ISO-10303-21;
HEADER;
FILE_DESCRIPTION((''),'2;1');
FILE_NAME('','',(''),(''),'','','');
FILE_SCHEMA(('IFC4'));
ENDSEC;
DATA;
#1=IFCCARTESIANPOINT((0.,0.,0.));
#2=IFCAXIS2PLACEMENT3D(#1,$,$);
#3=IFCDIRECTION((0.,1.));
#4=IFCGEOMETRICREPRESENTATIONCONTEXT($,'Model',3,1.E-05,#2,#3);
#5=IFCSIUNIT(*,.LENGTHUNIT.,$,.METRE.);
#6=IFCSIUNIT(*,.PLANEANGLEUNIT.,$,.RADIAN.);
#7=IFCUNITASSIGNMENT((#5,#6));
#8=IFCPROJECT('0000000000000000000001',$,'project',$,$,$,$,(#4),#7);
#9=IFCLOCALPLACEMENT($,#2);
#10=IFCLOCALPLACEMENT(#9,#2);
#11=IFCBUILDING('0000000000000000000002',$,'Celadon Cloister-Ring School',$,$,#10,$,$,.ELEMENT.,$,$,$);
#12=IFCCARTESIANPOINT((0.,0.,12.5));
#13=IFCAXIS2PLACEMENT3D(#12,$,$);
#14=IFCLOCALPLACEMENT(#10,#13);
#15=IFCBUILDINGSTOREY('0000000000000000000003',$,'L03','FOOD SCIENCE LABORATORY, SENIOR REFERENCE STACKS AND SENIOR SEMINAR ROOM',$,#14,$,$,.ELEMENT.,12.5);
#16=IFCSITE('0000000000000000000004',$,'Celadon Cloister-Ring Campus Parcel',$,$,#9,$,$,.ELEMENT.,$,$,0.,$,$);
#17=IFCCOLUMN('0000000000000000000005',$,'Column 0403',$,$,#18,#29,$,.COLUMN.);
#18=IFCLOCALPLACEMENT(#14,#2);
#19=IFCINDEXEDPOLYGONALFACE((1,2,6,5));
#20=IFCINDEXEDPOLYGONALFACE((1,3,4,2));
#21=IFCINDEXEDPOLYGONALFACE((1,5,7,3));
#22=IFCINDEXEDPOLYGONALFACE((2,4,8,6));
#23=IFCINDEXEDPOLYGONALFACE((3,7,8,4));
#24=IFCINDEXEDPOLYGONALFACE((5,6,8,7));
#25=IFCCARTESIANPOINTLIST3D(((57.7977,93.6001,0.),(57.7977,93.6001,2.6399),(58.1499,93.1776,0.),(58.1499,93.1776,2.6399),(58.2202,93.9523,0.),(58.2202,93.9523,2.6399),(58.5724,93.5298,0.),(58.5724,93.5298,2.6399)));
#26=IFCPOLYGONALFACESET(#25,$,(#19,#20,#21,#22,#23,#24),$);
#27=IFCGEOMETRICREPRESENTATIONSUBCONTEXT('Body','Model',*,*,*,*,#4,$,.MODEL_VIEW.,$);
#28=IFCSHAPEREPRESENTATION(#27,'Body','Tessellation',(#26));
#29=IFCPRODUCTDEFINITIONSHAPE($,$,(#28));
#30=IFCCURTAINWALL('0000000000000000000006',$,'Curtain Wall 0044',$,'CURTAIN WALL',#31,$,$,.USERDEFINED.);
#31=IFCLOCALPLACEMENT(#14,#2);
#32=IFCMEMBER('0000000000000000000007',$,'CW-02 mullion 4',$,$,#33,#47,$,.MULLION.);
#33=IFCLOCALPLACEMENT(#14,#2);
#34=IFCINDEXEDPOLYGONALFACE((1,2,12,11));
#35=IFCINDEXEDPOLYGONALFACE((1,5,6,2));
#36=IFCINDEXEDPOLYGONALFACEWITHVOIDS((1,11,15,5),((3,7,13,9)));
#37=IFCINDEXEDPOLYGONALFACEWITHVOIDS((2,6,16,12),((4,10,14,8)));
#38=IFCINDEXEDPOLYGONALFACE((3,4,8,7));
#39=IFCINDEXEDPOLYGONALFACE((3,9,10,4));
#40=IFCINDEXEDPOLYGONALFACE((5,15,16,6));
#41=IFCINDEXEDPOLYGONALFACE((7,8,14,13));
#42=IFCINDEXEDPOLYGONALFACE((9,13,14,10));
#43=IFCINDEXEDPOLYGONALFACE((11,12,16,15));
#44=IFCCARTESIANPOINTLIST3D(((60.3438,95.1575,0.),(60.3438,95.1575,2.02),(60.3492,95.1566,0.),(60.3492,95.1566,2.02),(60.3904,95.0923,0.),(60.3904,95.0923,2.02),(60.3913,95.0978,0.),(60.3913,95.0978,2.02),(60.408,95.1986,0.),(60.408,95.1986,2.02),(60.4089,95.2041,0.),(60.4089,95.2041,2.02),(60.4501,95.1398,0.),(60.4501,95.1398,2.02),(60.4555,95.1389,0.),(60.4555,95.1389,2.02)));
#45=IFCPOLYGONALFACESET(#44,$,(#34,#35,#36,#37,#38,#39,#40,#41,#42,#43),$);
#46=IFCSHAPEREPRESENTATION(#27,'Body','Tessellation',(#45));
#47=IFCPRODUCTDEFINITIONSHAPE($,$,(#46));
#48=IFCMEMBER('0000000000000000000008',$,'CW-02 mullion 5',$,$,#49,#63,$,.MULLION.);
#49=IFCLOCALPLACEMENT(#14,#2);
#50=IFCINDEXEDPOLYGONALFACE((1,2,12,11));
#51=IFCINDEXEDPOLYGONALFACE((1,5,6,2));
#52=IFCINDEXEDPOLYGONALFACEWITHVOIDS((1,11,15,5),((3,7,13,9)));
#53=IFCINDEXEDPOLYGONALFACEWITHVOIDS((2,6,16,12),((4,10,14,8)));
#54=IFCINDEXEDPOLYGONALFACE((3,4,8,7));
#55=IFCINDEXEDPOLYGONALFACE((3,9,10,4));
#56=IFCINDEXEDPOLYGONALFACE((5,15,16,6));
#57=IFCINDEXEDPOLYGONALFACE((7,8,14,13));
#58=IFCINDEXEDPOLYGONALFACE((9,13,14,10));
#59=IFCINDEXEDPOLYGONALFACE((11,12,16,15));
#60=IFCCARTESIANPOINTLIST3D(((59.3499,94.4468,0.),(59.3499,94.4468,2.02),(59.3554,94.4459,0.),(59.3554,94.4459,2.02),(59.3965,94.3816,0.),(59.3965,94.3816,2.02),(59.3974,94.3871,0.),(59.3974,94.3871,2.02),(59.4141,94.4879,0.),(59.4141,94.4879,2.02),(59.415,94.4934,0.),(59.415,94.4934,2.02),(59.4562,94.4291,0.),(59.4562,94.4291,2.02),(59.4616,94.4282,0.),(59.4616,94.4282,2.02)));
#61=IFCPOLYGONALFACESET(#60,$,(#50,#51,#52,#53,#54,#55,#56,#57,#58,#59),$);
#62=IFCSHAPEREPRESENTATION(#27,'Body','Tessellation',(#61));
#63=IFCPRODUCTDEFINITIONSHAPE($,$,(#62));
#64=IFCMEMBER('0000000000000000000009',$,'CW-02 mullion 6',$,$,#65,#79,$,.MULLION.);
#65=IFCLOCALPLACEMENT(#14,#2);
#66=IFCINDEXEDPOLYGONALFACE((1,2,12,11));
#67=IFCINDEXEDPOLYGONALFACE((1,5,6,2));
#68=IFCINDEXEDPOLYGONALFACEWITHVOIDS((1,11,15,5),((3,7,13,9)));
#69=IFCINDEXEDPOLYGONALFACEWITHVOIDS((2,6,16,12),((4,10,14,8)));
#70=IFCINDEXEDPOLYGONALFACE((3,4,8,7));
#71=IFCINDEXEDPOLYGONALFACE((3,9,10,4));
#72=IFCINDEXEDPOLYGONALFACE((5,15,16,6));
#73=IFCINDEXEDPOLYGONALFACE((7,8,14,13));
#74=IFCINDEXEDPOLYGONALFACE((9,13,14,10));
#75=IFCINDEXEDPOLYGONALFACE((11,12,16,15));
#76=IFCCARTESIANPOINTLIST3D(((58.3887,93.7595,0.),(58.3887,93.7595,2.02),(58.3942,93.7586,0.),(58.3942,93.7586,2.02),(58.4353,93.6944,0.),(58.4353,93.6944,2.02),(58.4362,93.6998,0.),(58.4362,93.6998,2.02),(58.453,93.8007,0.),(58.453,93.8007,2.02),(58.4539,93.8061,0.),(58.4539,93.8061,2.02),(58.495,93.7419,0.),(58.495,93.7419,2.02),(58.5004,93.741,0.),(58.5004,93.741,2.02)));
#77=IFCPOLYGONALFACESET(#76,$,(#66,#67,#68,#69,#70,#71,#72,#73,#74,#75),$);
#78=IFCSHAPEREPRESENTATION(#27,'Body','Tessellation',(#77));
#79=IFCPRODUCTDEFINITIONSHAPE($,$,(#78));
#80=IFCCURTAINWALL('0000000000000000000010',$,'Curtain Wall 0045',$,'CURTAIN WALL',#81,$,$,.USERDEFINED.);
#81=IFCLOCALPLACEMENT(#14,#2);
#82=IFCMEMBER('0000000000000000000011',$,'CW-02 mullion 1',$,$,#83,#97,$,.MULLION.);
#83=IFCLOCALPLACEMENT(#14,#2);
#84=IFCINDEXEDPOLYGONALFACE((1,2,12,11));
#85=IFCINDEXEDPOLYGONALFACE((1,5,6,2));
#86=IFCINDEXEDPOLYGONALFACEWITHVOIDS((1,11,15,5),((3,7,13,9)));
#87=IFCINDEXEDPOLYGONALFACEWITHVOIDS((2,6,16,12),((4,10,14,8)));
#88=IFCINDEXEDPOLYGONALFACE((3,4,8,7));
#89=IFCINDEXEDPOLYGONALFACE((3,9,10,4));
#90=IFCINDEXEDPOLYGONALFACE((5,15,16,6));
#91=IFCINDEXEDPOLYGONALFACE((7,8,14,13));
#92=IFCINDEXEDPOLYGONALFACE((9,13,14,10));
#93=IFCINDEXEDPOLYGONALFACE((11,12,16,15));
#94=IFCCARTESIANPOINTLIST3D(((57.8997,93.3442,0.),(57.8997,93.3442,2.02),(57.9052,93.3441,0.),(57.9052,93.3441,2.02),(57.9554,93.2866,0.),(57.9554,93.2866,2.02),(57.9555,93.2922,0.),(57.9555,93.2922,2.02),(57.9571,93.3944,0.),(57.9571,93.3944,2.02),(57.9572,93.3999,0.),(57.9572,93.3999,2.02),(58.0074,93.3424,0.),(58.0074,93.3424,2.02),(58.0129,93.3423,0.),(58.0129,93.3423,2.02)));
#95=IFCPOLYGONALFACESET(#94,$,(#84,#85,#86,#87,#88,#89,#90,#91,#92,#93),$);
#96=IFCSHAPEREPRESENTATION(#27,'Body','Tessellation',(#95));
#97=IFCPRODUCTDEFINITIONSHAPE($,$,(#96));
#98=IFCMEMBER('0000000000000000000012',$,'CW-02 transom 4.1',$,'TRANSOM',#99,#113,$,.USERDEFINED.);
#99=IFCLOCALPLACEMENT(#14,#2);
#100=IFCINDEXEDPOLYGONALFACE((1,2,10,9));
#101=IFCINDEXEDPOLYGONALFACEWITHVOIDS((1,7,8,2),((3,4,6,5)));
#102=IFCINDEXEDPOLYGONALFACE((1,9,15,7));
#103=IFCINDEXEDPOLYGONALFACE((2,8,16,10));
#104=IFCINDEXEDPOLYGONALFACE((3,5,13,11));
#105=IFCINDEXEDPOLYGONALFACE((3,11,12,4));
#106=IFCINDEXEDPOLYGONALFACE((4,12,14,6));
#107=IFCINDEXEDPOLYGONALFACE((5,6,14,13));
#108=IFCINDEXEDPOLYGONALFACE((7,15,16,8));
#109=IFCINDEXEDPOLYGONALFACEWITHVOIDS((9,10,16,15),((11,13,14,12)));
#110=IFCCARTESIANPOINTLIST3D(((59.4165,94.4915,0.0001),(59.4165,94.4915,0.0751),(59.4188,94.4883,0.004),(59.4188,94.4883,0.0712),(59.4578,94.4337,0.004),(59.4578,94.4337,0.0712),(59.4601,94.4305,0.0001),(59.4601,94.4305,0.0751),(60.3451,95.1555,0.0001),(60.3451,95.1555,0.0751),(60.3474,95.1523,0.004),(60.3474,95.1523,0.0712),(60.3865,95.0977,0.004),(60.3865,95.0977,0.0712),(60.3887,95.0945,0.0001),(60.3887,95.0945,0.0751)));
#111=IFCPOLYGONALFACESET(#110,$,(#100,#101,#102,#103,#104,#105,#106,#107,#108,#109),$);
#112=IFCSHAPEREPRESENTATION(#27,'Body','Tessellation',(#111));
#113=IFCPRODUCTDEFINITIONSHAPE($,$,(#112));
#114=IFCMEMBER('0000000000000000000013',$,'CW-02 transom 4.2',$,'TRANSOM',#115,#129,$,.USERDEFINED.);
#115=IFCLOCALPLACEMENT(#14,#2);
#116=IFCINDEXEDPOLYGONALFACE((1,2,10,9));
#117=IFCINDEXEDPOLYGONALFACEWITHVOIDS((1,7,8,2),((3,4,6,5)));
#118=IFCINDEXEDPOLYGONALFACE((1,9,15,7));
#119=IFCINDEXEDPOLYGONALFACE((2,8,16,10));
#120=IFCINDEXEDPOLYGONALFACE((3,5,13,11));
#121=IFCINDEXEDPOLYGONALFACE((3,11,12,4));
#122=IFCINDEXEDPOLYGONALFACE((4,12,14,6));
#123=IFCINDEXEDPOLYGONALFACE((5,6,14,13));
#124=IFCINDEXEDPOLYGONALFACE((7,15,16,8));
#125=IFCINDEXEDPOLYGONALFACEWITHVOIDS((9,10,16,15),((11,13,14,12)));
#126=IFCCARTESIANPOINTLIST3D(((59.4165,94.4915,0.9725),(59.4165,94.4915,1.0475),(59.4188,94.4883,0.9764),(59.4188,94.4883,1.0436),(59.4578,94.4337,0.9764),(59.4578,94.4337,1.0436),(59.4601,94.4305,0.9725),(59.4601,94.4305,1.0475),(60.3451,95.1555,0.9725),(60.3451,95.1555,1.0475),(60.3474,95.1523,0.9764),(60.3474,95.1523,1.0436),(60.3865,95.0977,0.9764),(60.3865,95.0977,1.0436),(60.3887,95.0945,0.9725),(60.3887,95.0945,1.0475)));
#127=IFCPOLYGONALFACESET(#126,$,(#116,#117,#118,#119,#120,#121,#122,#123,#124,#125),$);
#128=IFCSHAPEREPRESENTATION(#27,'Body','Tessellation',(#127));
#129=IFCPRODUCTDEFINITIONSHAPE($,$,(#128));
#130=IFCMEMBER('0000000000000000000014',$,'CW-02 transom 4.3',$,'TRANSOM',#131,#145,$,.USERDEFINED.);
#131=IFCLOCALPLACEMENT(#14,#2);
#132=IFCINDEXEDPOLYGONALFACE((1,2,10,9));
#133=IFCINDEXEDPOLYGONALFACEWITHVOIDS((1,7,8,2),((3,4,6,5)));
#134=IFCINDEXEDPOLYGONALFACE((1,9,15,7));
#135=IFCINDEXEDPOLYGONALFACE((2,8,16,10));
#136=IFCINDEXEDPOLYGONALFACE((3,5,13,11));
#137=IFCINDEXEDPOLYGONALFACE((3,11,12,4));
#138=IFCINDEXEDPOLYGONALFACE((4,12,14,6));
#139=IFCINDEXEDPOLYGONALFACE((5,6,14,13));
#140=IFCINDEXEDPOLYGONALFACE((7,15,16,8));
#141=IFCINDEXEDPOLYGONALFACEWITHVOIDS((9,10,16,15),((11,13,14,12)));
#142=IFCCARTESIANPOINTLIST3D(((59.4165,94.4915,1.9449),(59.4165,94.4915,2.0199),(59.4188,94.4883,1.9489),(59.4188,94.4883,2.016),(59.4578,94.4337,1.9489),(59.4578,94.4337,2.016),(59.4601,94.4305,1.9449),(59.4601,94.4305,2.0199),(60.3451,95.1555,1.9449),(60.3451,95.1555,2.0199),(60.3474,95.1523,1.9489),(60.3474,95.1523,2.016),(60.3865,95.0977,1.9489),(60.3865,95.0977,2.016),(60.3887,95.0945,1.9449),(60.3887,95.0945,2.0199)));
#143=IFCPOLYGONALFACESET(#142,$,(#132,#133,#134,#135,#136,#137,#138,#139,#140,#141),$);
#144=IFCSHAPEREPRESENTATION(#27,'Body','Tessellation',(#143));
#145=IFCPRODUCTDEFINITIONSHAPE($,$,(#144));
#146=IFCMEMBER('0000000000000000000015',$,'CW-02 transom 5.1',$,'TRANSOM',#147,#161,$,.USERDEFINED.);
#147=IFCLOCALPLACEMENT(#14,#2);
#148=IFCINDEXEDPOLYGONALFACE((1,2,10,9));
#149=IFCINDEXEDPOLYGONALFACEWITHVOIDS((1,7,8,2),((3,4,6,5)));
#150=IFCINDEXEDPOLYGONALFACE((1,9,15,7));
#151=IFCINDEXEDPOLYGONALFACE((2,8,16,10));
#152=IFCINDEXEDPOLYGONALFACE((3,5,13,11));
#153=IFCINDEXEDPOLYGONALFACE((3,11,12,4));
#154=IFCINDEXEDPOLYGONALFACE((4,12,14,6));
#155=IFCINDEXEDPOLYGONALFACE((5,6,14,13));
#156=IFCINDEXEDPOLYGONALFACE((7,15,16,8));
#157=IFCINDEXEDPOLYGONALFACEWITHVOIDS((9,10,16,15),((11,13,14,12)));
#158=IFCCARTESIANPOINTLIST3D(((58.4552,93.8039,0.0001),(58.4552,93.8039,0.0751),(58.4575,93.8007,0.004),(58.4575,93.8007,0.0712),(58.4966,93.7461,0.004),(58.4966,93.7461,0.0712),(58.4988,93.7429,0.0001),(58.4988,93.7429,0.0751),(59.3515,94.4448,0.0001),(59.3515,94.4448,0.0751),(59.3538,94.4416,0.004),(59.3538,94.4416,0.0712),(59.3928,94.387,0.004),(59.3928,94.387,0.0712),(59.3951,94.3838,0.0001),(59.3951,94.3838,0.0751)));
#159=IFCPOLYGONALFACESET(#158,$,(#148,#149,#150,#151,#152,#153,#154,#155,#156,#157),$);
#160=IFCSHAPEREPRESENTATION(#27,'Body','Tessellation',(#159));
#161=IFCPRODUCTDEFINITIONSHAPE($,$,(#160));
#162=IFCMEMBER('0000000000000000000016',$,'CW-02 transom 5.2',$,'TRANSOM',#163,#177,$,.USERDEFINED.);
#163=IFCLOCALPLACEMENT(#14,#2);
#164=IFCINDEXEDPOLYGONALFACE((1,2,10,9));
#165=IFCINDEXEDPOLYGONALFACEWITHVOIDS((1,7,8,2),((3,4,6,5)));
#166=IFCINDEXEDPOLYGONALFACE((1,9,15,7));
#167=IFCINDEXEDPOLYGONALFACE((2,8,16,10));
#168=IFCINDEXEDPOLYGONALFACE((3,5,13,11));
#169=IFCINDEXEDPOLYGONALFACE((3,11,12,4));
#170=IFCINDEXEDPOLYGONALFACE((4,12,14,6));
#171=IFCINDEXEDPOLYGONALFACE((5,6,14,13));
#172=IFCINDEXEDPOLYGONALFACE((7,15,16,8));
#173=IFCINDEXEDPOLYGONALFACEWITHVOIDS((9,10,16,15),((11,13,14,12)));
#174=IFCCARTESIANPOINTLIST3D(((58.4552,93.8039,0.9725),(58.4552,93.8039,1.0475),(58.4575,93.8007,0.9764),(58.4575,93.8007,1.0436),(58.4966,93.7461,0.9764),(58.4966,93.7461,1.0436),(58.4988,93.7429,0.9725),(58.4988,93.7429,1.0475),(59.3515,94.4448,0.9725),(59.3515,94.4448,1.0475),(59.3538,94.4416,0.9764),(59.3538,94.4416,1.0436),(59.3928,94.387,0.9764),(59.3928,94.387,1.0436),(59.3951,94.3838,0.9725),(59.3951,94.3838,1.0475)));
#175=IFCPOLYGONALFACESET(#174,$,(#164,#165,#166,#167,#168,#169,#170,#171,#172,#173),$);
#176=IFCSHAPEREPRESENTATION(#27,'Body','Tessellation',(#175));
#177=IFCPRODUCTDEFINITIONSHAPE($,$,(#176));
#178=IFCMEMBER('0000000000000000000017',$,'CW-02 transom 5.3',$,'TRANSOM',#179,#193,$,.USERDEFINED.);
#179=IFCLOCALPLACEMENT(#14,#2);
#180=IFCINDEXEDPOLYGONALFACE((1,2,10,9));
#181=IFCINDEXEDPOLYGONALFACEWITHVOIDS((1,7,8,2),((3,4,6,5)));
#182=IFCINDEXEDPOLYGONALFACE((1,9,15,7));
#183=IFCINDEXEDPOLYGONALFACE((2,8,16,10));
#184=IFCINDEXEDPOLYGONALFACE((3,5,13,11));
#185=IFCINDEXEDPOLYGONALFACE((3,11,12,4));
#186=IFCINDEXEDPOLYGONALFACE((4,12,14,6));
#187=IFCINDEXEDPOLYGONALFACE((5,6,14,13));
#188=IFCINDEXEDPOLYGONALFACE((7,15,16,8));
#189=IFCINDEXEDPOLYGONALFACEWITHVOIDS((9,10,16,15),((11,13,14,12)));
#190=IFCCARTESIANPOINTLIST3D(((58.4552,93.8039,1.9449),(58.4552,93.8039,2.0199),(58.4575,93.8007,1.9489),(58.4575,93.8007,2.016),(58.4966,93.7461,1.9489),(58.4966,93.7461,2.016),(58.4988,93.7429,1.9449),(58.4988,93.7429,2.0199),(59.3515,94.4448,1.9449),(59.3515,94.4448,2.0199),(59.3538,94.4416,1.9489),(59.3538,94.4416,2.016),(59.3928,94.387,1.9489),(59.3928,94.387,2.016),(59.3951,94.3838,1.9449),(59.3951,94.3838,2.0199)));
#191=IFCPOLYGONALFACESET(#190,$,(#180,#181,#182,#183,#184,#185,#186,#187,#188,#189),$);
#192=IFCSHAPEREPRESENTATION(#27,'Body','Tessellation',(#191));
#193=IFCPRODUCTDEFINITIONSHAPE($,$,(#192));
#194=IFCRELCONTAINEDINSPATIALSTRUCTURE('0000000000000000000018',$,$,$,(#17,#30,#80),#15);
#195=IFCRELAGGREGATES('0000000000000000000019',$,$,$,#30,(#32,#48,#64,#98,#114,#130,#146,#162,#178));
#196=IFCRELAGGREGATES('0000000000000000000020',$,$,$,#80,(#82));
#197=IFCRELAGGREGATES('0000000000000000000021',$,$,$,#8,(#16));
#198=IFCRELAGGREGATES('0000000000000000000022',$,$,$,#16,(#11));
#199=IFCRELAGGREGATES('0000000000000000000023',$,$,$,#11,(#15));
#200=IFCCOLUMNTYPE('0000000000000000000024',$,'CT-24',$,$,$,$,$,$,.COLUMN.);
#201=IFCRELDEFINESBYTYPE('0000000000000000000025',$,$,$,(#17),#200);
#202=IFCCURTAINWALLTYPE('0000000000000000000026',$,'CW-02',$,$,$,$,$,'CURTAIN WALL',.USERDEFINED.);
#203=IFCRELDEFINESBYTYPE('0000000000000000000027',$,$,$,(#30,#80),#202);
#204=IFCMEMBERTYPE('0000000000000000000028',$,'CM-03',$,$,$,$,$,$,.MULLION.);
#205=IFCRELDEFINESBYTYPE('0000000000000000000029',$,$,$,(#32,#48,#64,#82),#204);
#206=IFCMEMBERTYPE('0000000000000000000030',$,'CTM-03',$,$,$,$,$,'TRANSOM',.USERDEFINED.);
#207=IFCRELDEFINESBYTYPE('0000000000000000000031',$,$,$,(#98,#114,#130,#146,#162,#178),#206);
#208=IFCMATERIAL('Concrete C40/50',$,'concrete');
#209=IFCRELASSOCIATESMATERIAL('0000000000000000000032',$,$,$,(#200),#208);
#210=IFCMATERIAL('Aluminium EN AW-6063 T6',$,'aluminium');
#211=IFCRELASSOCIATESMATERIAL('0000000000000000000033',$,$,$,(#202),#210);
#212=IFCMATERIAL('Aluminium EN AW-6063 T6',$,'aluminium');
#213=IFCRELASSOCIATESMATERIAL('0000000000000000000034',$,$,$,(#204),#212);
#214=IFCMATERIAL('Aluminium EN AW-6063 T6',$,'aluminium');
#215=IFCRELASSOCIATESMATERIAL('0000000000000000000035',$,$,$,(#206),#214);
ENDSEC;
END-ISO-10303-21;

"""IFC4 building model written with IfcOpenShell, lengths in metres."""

from ifc_helpers import new_model, si_unit, direction, frame, origin, origin_2d, place, context, subcontext, project, spatial, rectangle, hollow_rectangle, extrude, material, material_profile, profile_set, type_object, element, aggregate, save


model = new_model("IFC4")

# Units and contexts
model_context = context("Model", 3, precision=1e-05, world=origin(), true_north=direction((0.0, 1.0)))
body_context = subcontext(model_context, "Body", "Model", "MODEL_VIEW")
ifc_project = project(units=[si_unit("LENGTHUNIT", "METRE"), si_unit("PLANEANGLEUNIT", "RADIAN")], contexts=[model_context])

# Site, building, storey
site_placement = place(None, origin())
site = spatial("IfcSite", under=ifc_project, at=site_placement, Name="Celadon Cloister-Ring Campus Parcel", CompositionType="ELEMENT", RefElevation=0.0)
building_placement = place(site_placement, origin())
building = spatial("IfcBuilding", under=site, at=building_placement, Name="Celadon Cloister-Ring School", CompositionType="ELEMENT")
storey_placement = place(building_placement, frame((0.0, 0.0, 12.5)))
storey = spatial("IfcBuildingStorey", under=building, at=storey_placement, Name="L03", Description="FOOD SCIENCE LABORATORY, SENIOR REFERENCE STACKS AND SENIOR SEMINAR ROOM", CompositionType="ELEMENT", Elevation=12.5)

# Column
ifc_material_1 = material(Name="Concrete C40/50", Category="concrete")
ifc_material_profile_1 = material_profile(ifc_material_1, rectangle(XDim=0.55, YDim=0.55, at=origin_2d()), Name="RC550X550")
ifc_profile_set_1 = profile_set([ifc_material_profile_1], Name="Concrete C40/50")
column_type = type_object("IfcColumnType", Name="CT-24", PredefinedType="COLUMN", material=ifc_profile_set_1)
column_placement = place(storey_placement, frame((58.1851, 93.5649, 0.0), z_axis=(0.0, 0.0, 1.0), x_axis=(-0.640324, 0.768105, 0.0)))
element("IfcColumn", 1, at=column_placement, inside=storey, type_object=column_type, Name="Column 0403", PredefinedType="COLUMN", context=body_context, shape_type="SweptSolid", body=[
    extrude(rectangle(XDim=0.55, YDim=0.55, at=origin_2d()), origin(), (0.0, 0.0, 1.0), 2.6399),
])

# Curtain wall, members
ifc_material_2 = material(Name="Aluminium EN AW-6063 T6", Category="aluminium")
curtain_wall_type = type_object("IfcCurtainWallType", Name="CW-02", ElementType="CURTAIN WALL", PredefinedType="USERDEFINED", material=ifc_material_2)
curtain_wall_1_placement = place(storey_placement, origin())
curtain_wall_1 = element("IfcCurtainWall", 2, at=curtain_wall_1_placement, inside=storey, type_object=curtain_wall_type, Name="Curtain Wall 0044", ObjectType="CURTAIN WALL", PredefinedType="USERDEFINED")
ifc_material_3 = material(Name="Aluminium EN AW-6063 T6", Category="aluminium")
ifc_material_profile_2 = material_profile(ifc_material_3, hollow_rectangle(XDim=0.0801, YDim=0.0801, WallThickness=0.0039, at=origin_2d()), Name="RHS80X80X4")
ifc_profile_set_2 = profile_set([ifc_material_profile_2], Name="Aluminium EN AW-6063 T6")
member_type_1 = type_object("IfcMemberType", Name="CM-03", PredefinedType="MULLION", material=ifc_profile_set_2)
member_1_placement = place(storey_placement, frame((60.3997, 95.1482, 0.0), z_axis=(0.0, 0.0, 1.0), x_axis=(0.581641, -0.813446, 0.0)))
member_1 = element("IfcMember", 3, at=member_1_placement, type_object=member_type_1, Name="CW-02 mullion 4", PredefinedType="MULLION", context=body_context, shape_type="SweptSolid", body=[
    extrude(hollow_rectangle(XDim=0.0801, YDim=0.0801, WallThickness=0.0039, at=origin_2d()), origin(), (0.0, 0.0, 1.0), 2.02),
])
member_2_placement = place(storey_placement, frame((59.4058, 94.4375, 0.0), z_axis=(0.0, 0.0, 1.0), x_axis=(0.581641, -0.813446, 0.0)))
member_2 = element("IfcMember", 4, at=member_2_placement, type_object=member_type_1, Name="CW-02 mullion 5", PredefinedType="MULLION", context=body_context, shape_type="SweptSolid", body=[
    extrude(hollow_rectangle(XDim=0.0801, YDim=0.0801, WallThickness=0.0039, at=origin_2d()), origin(), (0.0, 0.0, 1.0), 2.02),
])
member_3_placement = place(storey_placement, frame((58.4446, 93.7502, 0.0), z_axis=(0.0, 0.0, 1.0), x_axis=(0.581641, -0.813446, 0.0)))
member_3 = element("IfcMember", 5, at=member_3_placement, type_object=member_type_1, Name="CW-02 mullion 6", PredefinedType="MULLION", context=body_context, shape_type="SweptSolid", body=[
    extrude(hollow_rectangle(XDim=0.0801, YDim=0.0801, WallThickness=0.0039, at=origin_2d()), origin(), (0.0, 0.0, 1.0), 2.02),
])

# Curtain wall, member
curtain_wall_2_placement = place(storey_placement, origin())
curtain_wall_2 = element("IfcCurtainWall", 6, at=curtain_wall_2_placement, inside=storey, type_object=curtain_wall_type, Name="Curtain Wall 0045", ObjectType="CURTAIN WALL", PredefinedType="USERDEFINED")
member_4_placement = place(storey_placement, frame((57.9563, 93.3433, 0.0), z_axis=(0.0, 0.0, 1.0), x_axis=(0.695473, -0.718552, 0.0)))
member_4 = element("IfcMember", 7, at=member_4_placement, type_object=member_type_1, Name="CW-02 mullion 1", PredefinedType="MULLION", context=body_context, shape_type="SweptSolid", body=[
    extrude(hollow_rectangle(XDim=0.0801, YDim=0.0801, WallThickness=0.0039, at=origin_2d()), origin(), (0.0, 0.0, 1.0), 2.02),
])

# Members
ifc_material_4 = material(Name="Aluminium EN AW-6063 T6", Category="aluminium")
ifc_material_profile_3 = material_profile(ifc_material_4, hollow_rectangle(XDim=0.075, YDim=0.075, WallThickness=0.0039, at=origin_2d()), Name="RHS75X75X4")
ifc_profile_set_3 = profile_set([ifc_material_profile_3], Name="Aluminium EN AW-6063 T6")
member_type_2 = type_object("IfcMemberType", Name="CTM-03", ElementType="TRANSOM", PredefinedType="USERDEFINED", material=ifc_profile_set_3)
member_5_placement = place(storey_placement, frame((60.3669, 95.125, 0.0376), z_axis=(-0.813444, -0.581643, 0.0), x_axis=(0.581643, -0.813444, 0.0)))
member_5 = element("IfcMember", 8, at=member_5_placement, type_object=member_type_2, Name="CW-02 transom 4.1", ObjectType="TRANSOM", PredefinedType="USERDEFINED", context=body_context, shape_type="SweptSolid", body=[
    extrude(hollow_rectangle(XDim=0.075, YDim=0.075, WallThickness=0.0039, at=origin_2d()), origin(), (0.0, 0.0, 1.0), 1.1416),
])
member_6_placement = place(storey_placement, frame((60.3669, 95.125, 1.01), z_axis=(-0.813444, -0.581643, 0.0), x_axis=(0.581643, -0.813444, 0.0)))
member_6 = element("IfcMember", 9, at=member_6_placement, type_object=member_type_2, Name="CW-02 transom 4.2", ObjectType="TRANSOM", PredefinedType="USERDEFINED", context=body_context, shape_type="SweptSolid", body=[
    extrude(hollow_rectangle(XDim=0.075, YDim=0.075, WallThickness=0.0039, at=origin_2d()), origin(), (0.0, 0.0, 1.0), 1.1416),
])
member_7_placement = place(storey_placement, frame((60.3669, 95.125, 1.9824), z_axis=(-0.813444, -0.581643, 0.0), x_axis=(0.581643, -0.813444, 0.0)))
member_7 = element("IfcMember", 10, at=member_7_placement, type_object=member_type_2, Name="CW-02 transom 4.3", ObjectType="TRANSOM", PredefinedType="USERDEFINED", context=body_context, shape_type="SweptSolid", body=[
    extrude(hollow_rectangle(XDim=0.075, YDim=0.075, WallThickness=0.0039, at=origin_2d()), origin(), (0.0, 0.0, 1.0), 1.1416),
])
member_8_placement = place(storey_placement, frame((59.3733, 94.4143, 0.0376), z_axis=(-0.813434, -0.581657, 0.0), x_axis=(0.581657, -0.813434, 0.0)))
member_8 = element("IfcMember", 11, at=member_8_placement, type_object=member_type_2, Name="CW-02 transom 5.1", ObjectType="TRANSOM", PredefinedType="USERDEFINED", context=body_context, shape_type="SweptSolid", body=[
    extrude(hollow_rectangle(XDim=0.075, YDim=0.075, WallThickness=0.0039, at=origin_2d()), origin(), (0.0, 0.0, 1.0), 1.1018),
])
member_9_placement = place(storey_placement, frame((59.3733, 94.4143, 1.01), z_axis=(-0.813434, -0.581657, 0.0), x_axis=(0.581657, -0.813434, 0.0)))
member_9 = element("IfcMember", 12, at=member_9_placement, type_object=member_type_2, Name="CW-02 transom 5.2", ObjectType="TRANSOM", PredefinedType="USERDEFINED", context=body_context, shape_type="SweptSolid", body=[
    extrude(hollow_rectangle(XDim=0.075, YDim=0.075, WallThickness=0.0039, at=origin_2d()), origin(), (0.0, 0.0, 1.0), 1.1018),
])
member_10_placement = place(storey_placement, frame((59.3733, 94.4143, 1.9824), z_axis=(-0.813434, -0.581657, 0.0), x_axis=(0.581657, -0.813434, 0.0)))
member_10 = element("IfcMember", 13, at=member_10_placement, type_object=member_type_2, Name="CW-02 transom 5.3", ObjectType="TRANSOM", PredefinedType="USERDEFINED", context=body_context, shape_type="SweptSolid", body=[
    extrude(hollow_rectangle(XDim=0.075, YDim=0.075, WallThickness=0.0039, at=origin_2d()), origin(), (0.0, 0.0, 1.0), 1.1018),
])

aggregate(curtain_wall_1, [member_1, member_2, member_3, member_5, member_6, member_7, member_8, member_9, member_10])
aggregate(curtain_wall_2, [member_4])

save(model, "model.ifc")
